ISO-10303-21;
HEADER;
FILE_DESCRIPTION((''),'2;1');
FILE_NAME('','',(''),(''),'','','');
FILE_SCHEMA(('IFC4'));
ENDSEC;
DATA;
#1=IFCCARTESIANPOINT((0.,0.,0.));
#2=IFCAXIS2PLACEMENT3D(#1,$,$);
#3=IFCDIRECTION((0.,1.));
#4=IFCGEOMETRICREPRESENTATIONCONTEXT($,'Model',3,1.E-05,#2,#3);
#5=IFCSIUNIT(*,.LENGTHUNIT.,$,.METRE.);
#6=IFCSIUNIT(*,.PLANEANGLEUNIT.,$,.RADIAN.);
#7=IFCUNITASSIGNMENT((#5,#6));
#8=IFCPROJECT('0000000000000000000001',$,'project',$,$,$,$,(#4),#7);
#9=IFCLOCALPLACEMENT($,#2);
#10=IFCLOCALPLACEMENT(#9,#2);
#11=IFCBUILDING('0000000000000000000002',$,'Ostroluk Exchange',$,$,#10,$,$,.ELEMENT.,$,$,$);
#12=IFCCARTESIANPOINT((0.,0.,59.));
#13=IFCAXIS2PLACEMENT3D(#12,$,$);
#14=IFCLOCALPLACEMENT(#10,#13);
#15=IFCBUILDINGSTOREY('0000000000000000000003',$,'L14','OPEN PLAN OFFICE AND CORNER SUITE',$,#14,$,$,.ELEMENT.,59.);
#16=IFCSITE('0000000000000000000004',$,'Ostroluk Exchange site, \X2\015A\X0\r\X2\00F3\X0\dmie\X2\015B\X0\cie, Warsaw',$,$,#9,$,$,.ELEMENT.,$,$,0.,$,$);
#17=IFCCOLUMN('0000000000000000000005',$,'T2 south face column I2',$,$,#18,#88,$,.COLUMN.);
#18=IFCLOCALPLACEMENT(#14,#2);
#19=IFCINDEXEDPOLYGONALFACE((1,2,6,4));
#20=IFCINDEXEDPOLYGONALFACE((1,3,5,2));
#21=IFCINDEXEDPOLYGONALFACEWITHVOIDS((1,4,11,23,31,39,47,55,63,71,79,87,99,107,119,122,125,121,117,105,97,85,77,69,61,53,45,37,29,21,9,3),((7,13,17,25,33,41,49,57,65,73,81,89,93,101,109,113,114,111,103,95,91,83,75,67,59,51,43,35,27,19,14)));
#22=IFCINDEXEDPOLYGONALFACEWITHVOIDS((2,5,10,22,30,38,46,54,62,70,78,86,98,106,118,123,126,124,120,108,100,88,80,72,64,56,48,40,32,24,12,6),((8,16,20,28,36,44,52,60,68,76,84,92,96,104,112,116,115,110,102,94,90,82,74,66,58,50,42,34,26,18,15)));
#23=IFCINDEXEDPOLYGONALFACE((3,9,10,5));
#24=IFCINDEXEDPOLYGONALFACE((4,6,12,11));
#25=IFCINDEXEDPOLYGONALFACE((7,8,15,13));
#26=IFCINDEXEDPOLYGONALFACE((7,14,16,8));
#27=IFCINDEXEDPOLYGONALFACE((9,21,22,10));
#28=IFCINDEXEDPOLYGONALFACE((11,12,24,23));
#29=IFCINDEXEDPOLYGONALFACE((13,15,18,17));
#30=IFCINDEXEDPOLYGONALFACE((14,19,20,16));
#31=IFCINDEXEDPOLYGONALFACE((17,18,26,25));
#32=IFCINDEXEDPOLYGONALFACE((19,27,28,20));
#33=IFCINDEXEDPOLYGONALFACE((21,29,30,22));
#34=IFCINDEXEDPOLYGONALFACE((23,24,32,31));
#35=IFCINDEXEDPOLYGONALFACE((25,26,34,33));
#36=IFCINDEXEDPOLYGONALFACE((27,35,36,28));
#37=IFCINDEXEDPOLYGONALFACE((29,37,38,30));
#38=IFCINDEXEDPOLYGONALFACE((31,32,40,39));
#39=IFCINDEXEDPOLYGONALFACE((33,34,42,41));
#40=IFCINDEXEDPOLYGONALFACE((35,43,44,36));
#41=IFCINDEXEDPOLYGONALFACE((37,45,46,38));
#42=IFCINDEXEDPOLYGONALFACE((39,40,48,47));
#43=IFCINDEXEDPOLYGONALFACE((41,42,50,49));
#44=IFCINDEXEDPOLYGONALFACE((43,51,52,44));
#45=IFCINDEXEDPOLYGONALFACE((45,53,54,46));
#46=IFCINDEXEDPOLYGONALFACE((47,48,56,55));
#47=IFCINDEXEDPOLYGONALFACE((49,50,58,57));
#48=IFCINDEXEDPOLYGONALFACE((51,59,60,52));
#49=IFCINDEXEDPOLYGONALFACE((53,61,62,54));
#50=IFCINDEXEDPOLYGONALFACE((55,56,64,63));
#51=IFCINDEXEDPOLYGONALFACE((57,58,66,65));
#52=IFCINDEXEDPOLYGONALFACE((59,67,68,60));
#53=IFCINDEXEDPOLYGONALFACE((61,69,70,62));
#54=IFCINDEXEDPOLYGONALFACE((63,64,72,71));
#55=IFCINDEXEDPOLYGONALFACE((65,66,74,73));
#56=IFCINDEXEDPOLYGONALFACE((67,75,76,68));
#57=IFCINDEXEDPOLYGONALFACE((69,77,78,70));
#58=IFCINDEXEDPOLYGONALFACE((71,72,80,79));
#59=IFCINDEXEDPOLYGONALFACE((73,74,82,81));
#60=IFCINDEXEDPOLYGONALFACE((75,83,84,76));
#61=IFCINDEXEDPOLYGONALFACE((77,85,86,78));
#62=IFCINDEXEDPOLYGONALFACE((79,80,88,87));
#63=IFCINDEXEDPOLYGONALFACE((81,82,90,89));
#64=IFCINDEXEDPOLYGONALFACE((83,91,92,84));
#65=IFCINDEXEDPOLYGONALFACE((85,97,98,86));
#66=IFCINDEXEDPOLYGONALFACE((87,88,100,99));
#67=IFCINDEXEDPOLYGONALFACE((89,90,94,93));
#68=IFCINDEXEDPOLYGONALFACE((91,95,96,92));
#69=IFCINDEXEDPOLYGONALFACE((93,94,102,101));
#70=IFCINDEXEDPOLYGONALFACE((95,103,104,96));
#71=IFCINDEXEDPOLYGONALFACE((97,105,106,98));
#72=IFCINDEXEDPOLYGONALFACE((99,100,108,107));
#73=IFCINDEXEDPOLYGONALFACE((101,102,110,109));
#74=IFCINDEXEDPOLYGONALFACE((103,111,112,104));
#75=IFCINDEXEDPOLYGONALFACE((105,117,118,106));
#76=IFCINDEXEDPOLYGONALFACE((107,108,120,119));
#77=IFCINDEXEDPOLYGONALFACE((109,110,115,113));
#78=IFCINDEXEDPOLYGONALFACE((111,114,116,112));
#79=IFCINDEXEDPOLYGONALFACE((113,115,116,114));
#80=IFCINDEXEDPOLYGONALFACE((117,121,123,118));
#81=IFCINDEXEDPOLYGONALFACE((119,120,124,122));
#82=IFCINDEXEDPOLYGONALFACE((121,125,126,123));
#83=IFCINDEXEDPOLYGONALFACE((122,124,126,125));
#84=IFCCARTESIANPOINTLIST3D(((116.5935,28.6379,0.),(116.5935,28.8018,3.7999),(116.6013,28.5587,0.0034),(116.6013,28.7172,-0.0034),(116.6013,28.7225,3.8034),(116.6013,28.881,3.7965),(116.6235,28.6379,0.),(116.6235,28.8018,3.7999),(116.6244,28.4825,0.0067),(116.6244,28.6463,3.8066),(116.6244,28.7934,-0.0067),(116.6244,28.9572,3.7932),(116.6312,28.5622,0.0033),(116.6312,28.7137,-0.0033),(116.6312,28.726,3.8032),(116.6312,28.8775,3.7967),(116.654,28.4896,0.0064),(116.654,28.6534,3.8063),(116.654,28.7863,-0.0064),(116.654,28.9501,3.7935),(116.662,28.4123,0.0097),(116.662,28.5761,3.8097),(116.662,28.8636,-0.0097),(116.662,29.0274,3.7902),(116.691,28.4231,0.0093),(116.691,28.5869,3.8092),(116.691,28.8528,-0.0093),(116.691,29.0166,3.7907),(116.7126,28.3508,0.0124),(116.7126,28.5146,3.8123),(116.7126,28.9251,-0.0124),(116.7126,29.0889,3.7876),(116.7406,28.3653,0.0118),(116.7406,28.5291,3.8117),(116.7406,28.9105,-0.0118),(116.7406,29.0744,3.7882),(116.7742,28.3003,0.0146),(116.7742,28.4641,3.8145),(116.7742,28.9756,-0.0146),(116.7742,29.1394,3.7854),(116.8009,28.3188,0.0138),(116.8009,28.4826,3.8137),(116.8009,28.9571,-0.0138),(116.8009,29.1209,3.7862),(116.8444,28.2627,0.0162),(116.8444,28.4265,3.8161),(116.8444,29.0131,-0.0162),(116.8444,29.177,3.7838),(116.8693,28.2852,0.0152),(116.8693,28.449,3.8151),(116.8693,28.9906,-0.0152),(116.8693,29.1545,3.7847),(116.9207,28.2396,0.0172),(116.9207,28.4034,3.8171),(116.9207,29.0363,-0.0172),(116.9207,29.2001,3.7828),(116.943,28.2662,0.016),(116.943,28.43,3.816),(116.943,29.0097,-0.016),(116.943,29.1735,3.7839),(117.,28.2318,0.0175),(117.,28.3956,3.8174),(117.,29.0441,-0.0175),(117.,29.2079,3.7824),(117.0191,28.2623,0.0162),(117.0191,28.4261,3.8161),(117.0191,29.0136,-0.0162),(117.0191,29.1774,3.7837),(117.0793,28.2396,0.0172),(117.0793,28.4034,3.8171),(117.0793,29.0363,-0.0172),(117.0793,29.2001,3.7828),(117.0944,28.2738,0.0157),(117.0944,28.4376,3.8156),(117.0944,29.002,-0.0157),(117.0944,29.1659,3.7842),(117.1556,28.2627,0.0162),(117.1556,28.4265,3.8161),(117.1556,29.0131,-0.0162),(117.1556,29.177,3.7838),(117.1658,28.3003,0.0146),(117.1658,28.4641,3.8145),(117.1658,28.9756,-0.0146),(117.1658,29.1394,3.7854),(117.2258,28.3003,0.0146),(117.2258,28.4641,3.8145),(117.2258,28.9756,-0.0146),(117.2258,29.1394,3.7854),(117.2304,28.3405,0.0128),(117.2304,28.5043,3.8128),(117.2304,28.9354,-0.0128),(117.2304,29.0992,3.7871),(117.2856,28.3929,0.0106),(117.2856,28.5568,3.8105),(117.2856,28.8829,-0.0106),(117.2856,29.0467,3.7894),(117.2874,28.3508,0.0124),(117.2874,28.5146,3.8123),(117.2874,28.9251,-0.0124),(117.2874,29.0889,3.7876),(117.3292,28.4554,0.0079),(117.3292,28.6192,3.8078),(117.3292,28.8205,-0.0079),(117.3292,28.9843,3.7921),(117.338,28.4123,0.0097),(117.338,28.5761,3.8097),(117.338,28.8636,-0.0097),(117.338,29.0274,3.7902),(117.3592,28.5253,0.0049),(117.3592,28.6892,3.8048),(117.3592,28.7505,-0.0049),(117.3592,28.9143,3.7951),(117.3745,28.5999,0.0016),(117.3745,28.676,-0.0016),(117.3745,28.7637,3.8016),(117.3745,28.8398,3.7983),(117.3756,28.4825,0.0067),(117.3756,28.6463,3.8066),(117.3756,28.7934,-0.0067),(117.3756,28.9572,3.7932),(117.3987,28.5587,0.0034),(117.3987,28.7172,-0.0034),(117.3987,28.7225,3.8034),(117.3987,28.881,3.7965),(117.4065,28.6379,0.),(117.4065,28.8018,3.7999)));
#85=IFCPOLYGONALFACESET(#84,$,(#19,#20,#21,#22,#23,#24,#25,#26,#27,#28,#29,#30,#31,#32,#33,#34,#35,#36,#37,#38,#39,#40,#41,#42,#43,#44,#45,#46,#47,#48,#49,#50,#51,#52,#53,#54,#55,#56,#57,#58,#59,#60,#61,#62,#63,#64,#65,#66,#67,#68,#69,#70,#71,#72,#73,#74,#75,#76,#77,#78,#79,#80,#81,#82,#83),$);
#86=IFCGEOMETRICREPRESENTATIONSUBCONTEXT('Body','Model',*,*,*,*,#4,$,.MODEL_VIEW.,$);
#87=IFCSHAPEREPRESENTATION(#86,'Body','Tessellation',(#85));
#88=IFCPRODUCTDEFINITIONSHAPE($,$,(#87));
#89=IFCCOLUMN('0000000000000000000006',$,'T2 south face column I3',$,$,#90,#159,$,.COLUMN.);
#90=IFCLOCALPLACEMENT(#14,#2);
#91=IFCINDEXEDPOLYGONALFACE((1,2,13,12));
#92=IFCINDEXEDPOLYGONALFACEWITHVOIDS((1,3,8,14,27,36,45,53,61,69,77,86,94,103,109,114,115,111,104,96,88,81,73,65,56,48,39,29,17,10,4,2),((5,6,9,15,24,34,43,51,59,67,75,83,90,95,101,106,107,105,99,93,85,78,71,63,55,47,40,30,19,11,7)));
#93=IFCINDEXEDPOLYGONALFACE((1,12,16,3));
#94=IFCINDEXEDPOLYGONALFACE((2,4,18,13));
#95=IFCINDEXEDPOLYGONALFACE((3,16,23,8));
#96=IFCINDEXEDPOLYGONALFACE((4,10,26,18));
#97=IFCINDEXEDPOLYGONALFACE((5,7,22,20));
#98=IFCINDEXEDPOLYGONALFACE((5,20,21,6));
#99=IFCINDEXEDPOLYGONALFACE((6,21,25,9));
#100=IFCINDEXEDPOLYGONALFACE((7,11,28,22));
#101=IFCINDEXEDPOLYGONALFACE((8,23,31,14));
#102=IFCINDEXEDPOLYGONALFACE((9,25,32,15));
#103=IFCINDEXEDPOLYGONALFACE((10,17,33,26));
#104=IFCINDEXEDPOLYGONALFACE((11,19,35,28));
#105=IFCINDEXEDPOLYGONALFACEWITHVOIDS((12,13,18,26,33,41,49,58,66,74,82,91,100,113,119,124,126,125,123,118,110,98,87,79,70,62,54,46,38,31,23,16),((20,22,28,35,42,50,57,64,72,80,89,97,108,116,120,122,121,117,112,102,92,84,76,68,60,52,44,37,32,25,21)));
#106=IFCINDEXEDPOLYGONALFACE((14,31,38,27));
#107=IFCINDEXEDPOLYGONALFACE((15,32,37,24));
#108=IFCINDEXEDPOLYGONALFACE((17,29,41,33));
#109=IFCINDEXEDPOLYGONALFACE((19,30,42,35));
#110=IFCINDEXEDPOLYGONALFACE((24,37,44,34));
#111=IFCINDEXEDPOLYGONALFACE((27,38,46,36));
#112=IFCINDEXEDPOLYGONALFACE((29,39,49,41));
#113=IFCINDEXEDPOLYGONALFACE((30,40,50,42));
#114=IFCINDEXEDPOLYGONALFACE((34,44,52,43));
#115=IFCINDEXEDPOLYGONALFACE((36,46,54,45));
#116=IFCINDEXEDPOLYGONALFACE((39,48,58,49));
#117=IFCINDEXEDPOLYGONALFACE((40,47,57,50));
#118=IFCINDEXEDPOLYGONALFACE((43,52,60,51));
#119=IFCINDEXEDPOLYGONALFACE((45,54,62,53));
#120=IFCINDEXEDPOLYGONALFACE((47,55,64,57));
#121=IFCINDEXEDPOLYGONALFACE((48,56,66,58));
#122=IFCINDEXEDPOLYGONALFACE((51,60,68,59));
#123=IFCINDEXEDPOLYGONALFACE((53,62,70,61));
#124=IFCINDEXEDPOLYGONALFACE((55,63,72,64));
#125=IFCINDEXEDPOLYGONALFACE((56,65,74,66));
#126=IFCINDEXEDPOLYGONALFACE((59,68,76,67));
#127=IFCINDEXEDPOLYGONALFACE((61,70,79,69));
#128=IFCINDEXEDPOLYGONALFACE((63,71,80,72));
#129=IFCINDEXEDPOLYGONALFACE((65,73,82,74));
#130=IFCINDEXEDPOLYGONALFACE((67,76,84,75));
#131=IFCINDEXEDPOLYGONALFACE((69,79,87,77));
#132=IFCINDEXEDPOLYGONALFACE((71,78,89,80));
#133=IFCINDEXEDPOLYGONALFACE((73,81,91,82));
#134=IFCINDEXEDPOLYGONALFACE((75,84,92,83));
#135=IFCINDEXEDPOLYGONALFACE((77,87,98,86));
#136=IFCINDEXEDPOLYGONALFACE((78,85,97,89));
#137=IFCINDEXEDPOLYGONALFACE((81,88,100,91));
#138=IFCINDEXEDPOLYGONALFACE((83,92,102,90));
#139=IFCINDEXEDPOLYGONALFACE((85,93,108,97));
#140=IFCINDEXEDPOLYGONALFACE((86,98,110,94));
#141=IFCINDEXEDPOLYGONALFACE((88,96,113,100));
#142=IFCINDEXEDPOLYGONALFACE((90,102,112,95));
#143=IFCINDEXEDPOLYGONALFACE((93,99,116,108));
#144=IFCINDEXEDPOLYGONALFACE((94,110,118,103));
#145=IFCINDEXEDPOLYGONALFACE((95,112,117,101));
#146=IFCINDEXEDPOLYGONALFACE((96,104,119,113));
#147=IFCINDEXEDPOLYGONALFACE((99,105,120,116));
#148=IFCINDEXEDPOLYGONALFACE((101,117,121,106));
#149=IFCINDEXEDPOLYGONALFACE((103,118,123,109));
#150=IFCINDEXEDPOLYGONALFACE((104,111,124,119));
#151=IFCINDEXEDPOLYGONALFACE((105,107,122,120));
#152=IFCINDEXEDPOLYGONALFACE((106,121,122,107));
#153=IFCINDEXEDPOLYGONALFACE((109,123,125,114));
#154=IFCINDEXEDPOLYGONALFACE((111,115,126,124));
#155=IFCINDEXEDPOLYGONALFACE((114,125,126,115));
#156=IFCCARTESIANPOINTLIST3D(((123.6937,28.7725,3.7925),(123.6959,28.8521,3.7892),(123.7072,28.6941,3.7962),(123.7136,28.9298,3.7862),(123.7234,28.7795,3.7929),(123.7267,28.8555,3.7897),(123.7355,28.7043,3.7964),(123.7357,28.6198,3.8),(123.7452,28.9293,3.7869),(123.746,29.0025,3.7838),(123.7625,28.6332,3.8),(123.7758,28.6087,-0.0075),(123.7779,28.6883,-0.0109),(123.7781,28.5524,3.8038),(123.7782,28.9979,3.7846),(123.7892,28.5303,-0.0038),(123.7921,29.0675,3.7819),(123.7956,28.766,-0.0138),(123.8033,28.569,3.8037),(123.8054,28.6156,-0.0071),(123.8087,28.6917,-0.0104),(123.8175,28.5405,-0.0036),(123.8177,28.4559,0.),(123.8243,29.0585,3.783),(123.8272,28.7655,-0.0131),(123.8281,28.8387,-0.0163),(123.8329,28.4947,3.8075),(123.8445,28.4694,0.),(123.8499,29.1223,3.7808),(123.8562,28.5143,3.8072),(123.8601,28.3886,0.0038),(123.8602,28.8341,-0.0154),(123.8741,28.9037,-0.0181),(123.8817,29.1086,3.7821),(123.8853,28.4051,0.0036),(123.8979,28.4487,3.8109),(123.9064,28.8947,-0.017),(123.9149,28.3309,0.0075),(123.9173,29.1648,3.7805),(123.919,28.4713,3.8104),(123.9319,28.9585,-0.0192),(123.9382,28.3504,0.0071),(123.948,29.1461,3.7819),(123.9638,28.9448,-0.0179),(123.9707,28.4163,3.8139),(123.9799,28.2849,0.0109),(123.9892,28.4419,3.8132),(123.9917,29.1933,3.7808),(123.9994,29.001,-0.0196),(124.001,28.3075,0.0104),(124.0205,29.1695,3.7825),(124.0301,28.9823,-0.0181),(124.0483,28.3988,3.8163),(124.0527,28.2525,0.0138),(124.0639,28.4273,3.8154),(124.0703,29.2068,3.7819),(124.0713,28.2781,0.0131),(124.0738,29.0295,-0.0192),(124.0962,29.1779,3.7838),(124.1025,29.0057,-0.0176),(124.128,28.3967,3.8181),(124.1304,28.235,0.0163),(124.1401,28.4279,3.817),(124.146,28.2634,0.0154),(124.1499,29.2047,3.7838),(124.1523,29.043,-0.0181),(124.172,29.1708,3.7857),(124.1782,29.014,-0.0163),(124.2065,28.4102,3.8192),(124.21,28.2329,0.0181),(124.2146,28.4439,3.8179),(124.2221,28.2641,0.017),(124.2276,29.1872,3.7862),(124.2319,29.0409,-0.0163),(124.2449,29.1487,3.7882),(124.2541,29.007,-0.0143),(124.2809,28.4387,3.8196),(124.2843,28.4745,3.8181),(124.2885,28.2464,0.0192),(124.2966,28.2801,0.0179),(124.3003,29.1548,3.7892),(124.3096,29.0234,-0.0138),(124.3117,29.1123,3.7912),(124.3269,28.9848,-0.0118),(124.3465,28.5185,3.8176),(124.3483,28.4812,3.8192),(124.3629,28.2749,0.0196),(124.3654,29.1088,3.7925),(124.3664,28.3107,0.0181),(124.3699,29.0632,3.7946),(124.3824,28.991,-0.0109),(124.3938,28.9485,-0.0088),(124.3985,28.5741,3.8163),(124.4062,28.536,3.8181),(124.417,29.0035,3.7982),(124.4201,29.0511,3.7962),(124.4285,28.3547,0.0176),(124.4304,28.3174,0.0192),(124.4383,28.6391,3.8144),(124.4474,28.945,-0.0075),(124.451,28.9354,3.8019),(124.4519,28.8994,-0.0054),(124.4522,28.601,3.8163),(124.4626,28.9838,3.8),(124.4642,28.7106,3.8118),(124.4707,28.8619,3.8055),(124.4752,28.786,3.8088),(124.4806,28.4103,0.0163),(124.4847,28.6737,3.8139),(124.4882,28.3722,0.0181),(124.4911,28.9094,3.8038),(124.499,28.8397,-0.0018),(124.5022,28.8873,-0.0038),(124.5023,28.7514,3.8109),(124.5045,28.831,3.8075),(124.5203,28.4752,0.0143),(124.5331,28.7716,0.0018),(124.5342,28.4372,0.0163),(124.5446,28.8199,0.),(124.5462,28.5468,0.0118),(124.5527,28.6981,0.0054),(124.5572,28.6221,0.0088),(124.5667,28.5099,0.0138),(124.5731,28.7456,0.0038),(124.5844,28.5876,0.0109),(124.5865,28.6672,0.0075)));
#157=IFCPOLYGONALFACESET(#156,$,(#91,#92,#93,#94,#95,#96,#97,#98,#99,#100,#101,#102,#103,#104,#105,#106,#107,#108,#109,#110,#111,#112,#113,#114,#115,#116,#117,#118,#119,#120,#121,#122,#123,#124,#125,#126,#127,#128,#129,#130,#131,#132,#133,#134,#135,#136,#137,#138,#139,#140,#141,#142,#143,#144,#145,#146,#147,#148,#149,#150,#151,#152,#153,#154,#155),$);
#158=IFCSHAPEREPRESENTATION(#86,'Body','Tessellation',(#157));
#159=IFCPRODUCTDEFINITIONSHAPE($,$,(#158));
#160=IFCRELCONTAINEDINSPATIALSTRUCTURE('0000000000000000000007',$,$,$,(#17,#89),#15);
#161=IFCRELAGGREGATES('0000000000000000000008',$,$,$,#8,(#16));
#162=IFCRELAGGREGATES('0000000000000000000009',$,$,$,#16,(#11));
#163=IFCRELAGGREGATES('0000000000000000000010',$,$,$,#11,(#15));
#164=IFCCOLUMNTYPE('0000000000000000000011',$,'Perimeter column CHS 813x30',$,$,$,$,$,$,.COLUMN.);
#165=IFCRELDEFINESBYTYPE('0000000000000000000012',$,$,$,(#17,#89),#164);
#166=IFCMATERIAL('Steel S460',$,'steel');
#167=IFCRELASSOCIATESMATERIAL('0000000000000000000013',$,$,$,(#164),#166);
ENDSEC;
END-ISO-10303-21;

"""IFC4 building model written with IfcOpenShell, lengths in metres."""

from ifc_helpers import new_model, si_unit, direction, frame, origin, origin_2d, place, context, subcontext, project, spatial, hollow_circle, extrude, material, material_profile, profile_set, type_object, element, save


model = new_model("IFC4")

# Units and contexts
model_context = context("Model", 3, precision=1e-05, world=origin(), true_north=direction((0.0, 1.0)))
body_context = subcontext(model_context, "Body", "Model", "MODEL_VIEW")
ifc_project = project(units=[si_unit("LENGTHUNIT", "METRE"), si_unit("PLANEANGLEUNIT", "RADIAN")], contexts=[model_context])

# Site, building, storey
site_placement = place(None, origin())
site = spatial("IfcSite", under=ifc_project, at=site_placement, Name="Ostroluk Exchange site, Śródmieście, Warsaw", CompositionType="ELEMENT", RefElevation=0.0)
building_placement = place(site_placement, origin())
building = spatial("IfcBuilding", under=site, at=building_placement, Name="Ostroluk Exchange", CompositionType="ELEMENT")
storey_placement = place(building_placement, frame((0.0, 0.0, 59.0)))
storey = spatial("IfcBuildingStorey", under=building, at=storey_placement, Name="L14", Description="OPEN PLAN OFFICE AND CORNER SUITE", CompositionType="ELEMENT", Elevation=59.0)

# Columns
ifc_material_1 = material(Name="Steel S460", Category="steel")
ifc_material_profile_1 = material_profile(ifc_material_1, hollow_circle(Radius=0.4065, WallThickness=0.03, at=origin_2d()), Name="CHS 813x30")
ifc_profile_set_1 = profile_set([ifc_material_profile_1], Name="Steel S460")
column_type = type_object("IfcColumnType", Name="Perimeter column CHS 813x30", PredefinedType="COLUMN", material=ifc_profile_set_1)
column_1_placement = place(storey_placement, frame((117.0, 28.6379, 0.0), z_axis=(0.0, 0.04307, 0.999072), x_axis=(-1.0, 0.0, 0.0)))
element("IfcColumn", 1, at=column_1_placement, inside=storey, type_object=column_type, Name="T2 south face column I2", PredefinedType="COLUMN", context=body_context, shape_type="SweptSolid", body=[
    extrude(hollow_circle(Radius=0.4065, WallThickness=0.03, at=origin_2d()), origin(), (0.0, 0.0, 1.0), 3.8035),
])
column_2_placement = place(storey_placement, frame((124.1812, 28.6379, 0.0), z_axis=(-0.021562, 0.04306, 0.99884), x_axis=(-0.894161, -0.447747, 0.0)))
element("IfcColumn", 2, at=column_2_placement, inside=storey, type_object=column_type, Name="T2 south face column I3", PredefinedType="COLUMN", context=body_context, shape_type="SweptSolid", body=[
    extrude(hollow_circle(Radius=0.4065, WallThickness=0.03, at=origin_2d()), origin(), (0.0, 0.0, 1.0), 3.8044),
])

save(model, "model.ifc")
